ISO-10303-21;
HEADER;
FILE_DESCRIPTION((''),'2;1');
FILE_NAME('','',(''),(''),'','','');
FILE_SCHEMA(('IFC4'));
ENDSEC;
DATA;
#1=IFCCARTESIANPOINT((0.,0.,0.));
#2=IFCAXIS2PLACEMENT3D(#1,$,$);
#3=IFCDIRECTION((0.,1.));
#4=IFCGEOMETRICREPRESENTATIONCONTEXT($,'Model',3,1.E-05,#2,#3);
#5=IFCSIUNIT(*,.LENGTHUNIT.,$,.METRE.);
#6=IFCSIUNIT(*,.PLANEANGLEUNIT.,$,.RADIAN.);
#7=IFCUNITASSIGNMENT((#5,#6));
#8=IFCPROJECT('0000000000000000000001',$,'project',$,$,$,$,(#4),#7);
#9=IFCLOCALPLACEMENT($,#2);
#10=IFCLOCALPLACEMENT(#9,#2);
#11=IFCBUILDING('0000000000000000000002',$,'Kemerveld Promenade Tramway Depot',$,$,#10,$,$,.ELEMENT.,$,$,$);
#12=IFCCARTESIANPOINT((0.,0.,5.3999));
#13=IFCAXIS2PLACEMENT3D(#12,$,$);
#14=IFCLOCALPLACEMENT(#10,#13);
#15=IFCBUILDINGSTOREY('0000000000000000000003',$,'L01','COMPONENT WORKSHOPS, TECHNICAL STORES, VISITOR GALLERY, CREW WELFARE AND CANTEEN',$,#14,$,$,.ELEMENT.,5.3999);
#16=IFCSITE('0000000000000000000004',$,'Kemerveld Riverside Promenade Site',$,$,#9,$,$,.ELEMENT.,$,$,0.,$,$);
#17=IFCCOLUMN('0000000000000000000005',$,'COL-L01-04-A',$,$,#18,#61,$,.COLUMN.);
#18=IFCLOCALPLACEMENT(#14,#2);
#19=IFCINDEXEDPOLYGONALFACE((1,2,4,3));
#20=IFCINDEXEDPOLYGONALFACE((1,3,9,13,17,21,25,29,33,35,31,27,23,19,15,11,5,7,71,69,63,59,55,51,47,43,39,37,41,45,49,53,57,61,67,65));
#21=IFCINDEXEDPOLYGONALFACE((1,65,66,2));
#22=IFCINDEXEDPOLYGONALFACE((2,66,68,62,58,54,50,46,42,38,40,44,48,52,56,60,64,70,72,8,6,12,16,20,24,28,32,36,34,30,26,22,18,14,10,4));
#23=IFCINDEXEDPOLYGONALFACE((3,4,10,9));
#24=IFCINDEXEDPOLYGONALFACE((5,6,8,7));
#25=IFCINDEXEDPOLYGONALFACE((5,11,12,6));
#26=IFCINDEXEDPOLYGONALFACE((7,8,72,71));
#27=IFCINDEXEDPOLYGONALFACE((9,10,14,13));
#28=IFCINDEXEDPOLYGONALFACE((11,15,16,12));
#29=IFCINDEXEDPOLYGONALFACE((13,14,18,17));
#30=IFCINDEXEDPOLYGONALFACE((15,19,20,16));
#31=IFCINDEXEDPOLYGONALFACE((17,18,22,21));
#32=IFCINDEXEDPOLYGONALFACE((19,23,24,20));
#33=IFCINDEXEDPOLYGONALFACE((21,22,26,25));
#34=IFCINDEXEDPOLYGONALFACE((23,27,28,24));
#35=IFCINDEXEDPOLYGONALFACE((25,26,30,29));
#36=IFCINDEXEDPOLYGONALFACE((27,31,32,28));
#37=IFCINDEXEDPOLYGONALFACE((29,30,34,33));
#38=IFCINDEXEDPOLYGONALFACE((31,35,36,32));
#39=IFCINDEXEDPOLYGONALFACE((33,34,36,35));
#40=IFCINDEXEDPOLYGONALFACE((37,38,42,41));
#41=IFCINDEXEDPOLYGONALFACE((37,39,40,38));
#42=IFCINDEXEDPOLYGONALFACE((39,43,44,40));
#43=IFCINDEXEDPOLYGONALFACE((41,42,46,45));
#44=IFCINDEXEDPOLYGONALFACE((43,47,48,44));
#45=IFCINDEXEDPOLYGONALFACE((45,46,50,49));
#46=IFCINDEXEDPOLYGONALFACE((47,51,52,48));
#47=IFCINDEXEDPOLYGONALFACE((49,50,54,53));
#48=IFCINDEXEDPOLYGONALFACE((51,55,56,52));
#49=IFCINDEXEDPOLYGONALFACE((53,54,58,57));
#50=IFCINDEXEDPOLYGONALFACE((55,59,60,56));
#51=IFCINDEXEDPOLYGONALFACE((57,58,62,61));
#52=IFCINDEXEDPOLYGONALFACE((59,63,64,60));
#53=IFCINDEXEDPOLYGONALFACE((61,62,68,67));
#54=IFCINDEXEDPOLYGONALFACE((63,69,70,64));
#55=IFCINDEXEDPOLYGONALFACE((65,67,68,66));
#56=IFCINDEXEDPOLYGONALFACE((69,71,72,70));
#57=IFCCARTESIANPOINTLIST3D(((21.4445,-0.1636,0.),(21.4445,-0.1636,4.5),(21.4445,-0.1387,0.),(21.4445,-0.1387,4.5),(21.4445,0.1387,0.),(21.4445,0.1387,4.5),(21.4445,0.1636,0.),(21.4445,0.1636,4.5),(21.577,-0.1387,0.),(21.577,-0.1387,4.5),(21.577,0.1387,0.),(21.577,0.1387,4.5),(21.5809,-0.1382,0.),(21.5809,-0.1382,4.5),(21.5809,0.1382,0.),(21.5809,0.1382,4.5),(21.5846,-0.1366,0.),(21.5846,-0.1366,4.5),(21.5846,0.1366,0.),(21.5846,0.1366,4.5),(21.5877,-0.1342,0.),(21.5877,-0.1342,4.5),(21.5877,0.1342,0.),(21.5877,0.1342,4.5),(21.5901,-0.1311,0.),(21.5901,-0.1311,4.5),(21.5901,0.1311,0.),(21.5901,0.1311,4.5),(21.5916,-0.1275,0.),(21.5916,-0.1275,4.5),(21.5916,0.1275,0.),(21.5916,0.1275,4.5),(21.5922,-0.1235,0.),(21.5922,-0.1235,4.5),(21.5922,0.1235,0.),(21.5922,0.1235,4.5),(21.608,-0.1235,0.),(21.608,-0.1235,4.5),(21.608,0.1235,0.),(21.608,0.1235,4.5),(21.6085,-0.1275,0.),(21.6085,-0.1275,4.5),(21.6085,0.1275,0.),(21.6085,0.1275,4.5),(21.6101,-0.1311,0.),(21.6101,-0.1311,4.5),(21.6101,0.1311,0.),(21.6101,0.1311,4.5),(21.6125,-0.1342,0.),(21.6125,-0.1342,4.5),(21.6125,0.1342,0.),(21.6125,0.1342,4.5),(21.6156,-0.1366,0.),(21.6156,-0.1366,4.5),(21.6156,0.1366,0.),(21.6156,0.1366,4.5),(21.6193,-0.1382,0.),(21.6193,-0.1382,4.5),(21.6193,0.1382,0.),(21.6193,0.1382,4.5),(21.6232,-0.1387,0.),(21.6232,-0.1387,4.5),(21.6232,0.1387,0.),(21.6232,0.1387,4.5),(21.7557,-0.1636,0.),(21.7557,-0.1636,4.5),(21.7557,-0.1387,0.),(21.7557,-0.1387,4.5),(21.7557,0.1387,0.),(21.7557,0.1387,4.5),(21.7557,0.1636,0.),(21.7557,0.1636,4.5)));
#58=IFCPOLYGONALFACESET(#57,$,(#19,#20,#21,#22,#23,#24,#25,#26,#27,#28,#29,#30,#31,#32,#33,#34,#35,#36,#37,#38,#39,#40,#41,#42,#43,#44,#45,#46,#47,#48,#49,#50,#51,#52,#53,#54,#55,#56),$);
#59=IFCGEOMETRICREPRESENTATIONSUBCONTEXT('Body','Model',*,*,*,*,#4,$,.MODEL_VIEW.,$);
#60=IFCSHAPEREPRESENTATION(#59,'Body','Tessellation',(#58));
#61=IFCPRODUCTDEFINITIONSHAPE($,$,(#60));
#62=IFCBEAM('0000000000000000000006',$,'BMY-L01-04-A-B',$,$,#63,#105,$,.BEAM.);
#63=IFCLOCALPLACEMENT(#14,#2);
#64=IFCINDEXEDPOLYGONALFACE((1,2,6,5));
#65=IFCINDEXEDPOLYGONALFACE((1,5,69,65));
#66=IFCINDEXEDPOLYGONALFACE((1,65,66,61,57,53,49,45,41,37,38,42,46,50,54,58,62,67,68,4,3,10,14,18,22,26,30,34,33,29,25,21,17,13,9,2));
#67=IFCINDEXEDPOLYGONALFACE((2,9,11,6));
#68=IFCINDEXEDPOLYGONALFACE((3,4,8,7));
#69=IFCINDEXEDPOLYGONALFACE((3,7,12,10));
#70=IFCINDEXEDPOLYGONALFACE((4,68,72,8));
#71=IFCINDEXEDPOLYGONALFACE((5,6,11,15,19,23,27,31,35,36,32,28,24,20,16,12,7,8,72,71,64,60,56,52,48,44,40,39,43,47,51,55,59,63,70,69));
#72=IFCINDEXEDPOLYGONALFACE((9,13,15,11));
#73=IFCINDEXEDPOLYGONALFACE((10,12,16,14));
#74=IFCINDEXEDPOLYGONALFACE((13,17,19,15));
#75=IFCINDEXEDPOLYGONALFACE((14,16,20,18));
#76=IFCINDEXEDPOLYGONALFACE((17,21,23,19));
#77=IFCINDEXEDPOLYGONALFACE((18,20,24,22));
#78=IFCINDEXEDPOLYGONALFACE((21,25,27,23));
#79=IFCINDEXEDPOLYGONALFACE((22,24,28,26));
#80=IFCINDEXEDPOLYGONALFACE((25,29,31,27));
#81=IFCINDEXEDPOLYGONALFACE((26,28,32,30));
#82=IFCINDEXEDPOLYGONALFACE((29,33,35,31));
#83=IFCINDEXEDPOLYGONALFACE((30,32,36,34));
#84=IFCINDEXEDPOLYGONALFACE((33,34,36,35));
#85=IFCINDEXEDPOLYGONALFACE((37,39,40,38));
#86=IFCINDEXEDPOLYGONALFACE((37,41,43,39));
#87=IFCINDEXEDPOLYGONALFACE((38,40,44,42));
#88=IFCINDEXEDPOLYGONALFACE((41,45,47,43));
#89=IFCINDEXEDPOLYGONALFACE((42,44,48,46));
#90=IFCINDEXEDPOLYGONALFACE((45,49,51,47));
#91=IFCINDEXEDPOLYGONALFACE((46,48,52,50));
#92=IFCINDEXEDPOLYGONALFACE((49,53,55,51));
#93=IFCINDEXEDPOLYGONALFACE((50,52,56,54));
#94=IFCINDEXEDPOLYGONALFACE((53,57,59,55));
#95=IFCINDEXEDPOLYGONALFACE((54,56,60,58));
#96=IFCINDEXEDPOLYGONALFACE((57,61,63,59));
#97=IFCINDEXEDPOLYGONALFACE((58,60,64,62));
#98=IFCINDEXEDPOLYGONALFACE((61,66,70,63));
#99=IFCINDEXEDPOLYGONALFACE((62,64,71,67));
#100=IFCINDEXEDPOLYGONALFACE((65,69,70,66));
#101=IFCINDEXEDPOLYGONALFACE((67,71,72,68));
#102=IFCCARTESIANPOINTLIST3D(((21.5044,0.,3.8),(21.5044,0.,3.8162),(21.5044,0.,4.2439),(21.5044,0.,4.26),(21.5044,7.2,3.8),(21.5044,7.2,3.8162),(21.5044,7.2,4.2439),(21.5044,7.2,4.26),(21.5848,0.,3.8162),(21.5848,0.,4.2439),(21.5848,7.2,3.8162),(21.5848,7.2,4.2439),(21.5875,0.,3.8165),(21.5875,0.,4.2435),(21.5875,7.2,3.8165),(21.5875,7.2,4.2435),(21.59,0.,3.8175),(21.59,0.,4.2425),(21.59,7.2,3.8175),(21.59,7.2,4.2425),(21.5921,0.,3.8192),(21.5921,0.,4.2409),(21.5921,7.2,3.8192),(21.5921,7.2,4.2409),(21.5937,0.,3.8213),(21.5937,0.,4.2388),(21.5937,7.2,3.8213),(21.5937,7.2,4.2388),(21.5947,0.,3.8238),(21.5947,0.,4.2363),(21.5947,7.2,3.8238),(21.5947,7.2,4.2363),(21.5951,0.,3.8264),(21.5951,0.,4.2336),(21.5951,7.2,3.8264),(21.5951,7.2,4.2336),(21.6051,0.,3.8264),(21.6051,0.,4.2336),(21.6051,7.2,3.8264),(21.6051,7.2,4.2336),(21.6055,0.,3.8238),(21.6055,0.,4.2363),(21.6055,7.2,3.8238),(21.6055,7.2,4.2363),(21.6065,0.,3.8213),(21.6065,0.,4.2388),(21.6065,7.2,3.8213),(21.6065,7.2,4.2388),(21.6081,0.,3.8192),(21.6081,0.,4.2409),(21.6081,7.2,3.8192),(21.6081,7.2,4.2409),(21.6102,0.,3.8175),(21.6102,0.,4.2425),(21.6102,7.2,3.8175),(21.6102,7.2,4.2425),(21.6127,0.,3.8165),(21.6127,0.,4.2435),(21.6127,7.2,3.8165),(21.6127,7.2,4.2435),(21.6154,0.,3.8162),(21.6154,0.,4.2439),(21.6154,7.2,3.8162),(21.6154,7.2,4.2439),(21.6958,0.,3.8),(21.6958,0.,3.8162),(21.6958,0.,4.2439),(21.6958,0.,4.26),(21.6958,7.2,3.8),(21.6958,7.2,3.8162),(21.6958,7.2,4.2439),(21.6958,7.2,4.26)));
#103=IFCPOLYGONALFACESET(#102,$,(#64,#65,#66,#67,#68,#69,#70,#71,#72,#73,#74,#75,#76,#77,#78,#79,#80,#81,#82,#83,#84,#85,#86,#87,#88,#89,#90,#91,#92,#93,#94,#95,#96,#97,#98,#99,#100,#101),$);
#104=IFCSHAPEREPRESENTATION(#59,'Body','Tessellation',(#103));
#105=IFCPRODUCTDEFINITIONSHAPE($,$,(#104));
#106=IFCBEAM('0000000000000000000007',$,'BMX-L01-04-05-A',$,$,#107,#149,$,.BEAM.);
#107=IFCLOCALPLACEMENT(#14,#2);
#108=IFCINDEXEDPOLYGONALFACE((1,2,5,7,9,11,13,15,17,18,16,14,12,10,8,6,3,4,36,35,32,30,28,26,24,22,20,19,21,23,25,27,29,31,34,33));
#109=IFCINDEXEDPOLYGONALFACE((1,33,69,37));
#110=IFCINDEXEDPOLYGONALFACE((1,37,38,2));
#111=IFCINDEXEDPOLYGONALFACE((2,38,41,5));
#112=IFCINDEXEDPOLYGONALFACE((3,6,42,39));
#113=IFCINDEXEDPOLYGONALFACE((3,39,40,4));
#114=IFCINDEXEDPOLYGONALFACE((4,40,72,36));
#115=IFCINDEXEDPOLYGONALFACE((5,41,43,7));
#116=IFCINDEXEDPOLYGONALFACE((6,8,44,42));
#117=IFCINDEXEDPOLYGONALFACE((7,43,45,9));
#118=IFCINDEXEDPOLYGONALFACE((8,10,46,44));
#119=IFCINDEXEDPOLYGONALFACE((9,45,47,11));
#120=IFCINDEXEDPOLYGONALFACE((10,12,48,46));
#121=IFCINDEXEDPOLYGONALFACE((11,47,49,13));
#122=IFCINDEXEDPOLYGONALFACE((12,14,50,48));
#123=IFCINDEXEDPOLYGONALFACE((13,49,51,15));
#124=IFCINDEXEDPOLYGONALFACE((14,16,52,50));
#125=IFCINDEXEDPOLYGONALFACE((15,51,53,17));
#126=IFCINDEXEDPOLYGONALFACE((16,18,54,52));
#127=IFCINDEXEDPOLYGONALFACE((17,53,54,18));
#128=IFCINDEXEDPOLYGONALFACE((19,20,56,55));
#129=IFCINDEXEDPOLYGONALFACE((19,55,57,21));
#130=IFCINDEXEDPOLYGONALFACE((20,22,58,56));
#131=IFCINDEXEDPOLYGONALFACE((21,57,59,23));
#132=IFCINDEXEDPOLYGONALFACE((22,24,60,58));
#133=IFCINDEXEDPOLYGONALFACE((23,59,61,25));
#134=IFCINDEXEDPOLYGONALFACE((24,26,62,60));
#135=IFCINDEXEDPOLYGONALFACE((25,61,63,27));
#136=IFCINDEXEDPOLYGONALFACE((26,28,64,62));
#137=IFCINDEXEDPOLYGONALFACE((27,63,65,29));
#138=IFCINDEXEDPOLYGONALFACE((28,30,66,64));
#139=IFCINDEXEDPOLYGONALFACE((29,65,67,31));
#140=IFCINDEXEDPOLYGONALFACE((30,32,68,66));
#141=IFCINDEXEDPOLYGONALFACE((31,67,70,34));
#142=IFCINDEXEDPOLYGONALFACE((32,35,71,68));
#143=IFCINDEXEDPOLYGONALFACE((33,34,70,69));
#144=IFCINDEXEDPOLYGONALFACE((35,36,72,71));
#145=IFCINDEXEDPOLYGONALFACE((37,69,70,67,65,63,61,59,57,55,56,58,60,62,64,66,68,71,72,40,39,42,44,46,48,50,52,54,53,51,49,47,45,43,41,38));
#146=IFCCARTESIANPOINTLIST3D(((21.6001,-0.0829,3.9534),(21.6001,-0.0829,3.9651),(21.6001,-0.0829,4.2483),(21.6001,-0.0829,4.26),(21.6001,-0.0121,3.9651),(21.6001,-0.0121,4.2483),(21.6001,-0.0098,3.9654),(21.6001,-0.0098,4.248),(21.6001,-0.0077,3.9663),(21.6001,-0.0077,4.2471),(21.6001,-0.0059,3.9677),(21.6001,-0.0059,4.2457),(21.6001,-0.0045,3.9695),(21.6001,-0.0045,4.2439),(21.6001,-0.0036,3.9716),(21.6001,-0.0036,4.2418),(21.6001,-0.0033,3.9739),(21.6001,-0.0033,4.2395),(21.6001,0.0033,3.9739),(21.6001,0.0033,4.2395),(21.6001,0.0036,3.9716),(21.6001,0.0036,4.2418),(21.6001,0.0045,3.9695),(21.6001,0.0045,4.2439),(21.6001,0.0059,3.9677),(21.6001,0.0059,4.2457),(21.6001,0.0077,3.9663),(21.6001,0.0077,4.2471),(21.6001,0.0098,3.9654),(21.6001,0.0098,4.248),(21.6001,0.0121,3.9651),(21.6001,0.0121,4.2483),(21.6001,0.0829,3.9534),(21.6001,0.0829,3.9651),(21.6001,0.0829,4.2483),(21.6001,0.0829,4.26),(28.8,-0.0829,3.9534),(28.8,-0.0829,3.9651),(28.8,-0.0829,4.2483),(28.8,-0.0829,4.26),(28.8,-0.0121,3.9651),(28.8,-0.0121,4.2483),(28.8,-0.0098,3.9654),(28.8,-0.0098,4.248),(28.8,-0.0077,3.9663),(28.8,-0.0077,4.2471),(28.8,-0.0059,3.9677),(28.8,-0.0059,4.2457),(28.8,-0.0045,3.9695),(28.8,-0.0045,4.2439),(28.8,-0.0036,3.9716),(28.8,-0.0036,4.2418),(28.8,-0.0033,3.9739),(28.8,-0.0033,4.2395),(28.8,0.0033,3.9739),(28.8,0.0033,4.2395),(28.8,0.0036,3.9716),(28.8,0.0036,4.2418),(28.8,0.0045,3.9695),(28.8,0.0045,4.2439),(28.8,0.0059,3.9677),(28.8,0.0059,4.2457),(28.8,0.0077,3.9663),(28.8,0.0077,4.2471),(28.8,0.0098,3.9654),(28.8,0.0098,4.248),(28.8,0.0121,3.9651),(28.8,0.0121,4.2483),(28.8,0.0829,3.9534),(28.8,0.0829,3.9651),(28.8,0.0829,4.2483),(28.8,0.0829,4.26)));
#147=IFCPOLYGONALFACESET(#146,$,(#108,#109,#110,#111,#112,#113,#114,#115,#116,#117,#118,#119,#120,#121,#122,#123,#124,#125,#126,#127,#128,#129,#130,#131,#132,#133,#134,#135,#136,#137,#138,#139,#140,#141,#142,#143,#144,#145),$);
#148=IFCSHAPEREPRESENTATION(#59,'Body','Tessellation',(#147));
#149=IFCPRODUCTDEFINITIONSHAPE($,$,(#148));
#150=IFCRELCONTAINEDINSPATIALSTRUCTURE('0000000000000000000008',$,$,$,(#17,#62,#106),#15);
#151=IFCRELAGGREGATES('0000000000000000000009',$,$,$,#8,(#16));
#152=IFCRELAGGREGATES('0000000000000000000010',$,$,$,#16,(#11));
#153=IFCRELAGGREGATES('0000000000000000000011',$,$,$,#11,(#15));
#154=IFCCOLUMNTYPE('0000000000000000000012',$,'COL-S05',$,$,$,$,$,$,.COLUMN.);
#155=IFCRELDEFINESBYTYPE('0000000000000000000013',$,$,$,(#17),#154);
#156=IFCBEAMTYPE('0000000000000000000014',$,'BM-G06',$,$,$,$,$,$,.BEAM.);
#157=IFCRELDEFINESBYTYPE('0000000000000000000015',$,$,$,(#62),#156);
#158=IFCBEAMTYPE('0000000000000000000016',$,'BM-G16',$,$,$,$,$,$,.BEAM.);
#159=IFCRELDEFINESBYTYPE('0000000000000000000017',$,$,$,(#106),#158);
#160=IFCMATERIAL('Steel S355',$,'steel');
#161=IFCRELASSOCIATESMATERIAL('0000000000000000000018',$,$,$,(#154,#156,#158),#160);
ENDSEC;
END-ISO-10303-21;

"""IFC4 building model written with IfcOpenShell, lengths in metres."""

from ifc_helpers import new_model, si_unit, direction, frame, origin, origin_2d, place, context, subcontext, project, spatial, i_section, extrude, material, material_profile, profile_set, type_object, element, save


model = new_model("IFC4")

# Units and contexts
model_context = context("Model", 3, precision=1e-05, world=origin(), true_north=direction((0.0, 1.0)))
body_context = subcontext(model_context, "Body", "Model", "MODEL_VIEW")
ifc_project = project(units=[si_unit("LENGTHUNIT", "METRE"), si_unit("PLANEANGLEUNIT", "RADIAN")], contexts=[model_context])

# Site, building, storey
site_placement = place(None, origin())
site = spatial("IfcSite", under=ifc_project, at=site_placement, Name="Kemerveld Riverside Promenade Site", CompositionType="ELEMENT", RefElevation=0.0)
building_placement = place(site_placement, origin())
building = spatial("IfcBuilding", under=site, at=building_placement, Name="Kemerveld Promenade Tramway Depot", CompositionType="ELEMENT")
storey_placement = place(building_placement, frame((0.0, 0.0, 5.3999)))
storey = spatial("IfcBuildingStorey", under=building, at=storey_placement, Name="L01", Description="COMPONENT WORKSHOPS, TECHNICAL STORES, VISITOR GALLERY, CREW WELFARE AND CANTEEN", CompositionType="ELEMENT", Elevation=5.3999)

# Column
ifc_material_1 = material(Name="Steel S355", Category="steel")
ifc_material_profile_1 = material_profile(ifc_material_1, i_section(OverallWidth=0.3113, OverallDepth=0.3271, WebThickness=0.0159, FlangeThickness=0.0249, FilletRadius=0.0151, at=origin_2d()), Name="305x305x158 UC")
ifc_profile_set_1 = profile_set([ifc_material_profile_1], Name="Steel S355")
column_type = type_object("IfcColumnType", Name="COL-S05", PredefinedType="COLUMN", material=ifc_profile_set_1)
column_placement = place(storey_placement, frame((21.6001, 0.0, 0.0), z_axis=(0.0, 0.0, 1.0), x_axis=(1.0, 0.0, 0.0)))
element("IfcColumn", 1, at=column_placement, inside=storey, type_object=column_type, Name="COL-L01-04-A", PredefinedType="COLUMN", context=body_context, shape_type="SweptSolid", body=[
    extrude(i_section(OverallWidth=0.3113, OverallDepth=0.3271, WebThickness=0.0159, FlangeThickness=0.0249, FilletRadius=0.0151, at=origin_2d()), origin(), (0.0, 0.0, 1.0), 4.5),
])

# Beams
ifc_material_profile_2 = material_profile(ifc_material_1, i_section(OverallWidth=0.1914, OverallDepth=0.46, WebThickness=0.01, FlangeThickness=0.0161, FilletRadius=0.0103, at=origin_2d()), Name="457x191x82 UB")
ifc_profile_set_2 = profile_set([ifc_material_profile_2], Name="Steel S355")
beam_type_1 = type_object("IfcBeamType", Name="BM-G06", PredefinedType="BEAM", material=ifc_profile_set_2)
beam_1_placement = place(storey_placement, frame((21.6001, 0.0, 4.03), z_axis=(0.0, 1.0, 0.0), x_axis=(-1.0, 0.0, 0.0)))
element("IfcBeam", 2, at=beam_1_placement, inside=storey, type_object=beam_type_1, Name="BMY-L01-04-A-B", PredefinedType="BEAM", context=body_context, shape_type="SweptSolid", body=[
    extrude(i_section(OverallWidth=0.1914, OverallDepth=0.46, WebThickness=0.01, FlangeThickness=0.0161, FilletRadius=0.0103, at=origin_2d()), origin(), (0.0, 0.0, 1.0), 7.2),
])
ifc_material_profile_3 = material_profile(ifc_material_1, i_section(OverallWidth=0.1658, OverallDepth=0.3066, WebThickness=0.0066, FlangeThickness=0.0117, FilletRadius=0.0088, at=origin_2d()), Name="305x165x46 UB")
ifc_profile_set_3 = profile_set([ifc_material_profile_3], Name="Steel S355")
beam_type_2 = type_object("IfcBeamType", Name="BM-G16", PredefinedType="BEAM", material=ifc_profile_set_3)
beam_2_placement = place(storey_placement, frame((21.6001, 0.0, 4.1067), z_axis=(1.0, 0.0, 0.0), x_axis=(0.0, 1.0, 0.0)))
element("IfcBeam", 3, at=beam_2_placement, inside=storey, type_object=beam_type_2, Name="BMX-L01-04-05-A", PredefinedType="BEAM", context=body_context, shape_type="SweptSolid", body=[
    extrude(i_section(OverallWidth=0.1658, OverallDepth=0.3066, WebThickness=0.0066, FlangeThickness=0.0117, FilletRadius=0.0088, at=origin_2d()), origin(), (0.0, 0.0, 1.0), 7.2),
])

save(model, "model.ifc")
